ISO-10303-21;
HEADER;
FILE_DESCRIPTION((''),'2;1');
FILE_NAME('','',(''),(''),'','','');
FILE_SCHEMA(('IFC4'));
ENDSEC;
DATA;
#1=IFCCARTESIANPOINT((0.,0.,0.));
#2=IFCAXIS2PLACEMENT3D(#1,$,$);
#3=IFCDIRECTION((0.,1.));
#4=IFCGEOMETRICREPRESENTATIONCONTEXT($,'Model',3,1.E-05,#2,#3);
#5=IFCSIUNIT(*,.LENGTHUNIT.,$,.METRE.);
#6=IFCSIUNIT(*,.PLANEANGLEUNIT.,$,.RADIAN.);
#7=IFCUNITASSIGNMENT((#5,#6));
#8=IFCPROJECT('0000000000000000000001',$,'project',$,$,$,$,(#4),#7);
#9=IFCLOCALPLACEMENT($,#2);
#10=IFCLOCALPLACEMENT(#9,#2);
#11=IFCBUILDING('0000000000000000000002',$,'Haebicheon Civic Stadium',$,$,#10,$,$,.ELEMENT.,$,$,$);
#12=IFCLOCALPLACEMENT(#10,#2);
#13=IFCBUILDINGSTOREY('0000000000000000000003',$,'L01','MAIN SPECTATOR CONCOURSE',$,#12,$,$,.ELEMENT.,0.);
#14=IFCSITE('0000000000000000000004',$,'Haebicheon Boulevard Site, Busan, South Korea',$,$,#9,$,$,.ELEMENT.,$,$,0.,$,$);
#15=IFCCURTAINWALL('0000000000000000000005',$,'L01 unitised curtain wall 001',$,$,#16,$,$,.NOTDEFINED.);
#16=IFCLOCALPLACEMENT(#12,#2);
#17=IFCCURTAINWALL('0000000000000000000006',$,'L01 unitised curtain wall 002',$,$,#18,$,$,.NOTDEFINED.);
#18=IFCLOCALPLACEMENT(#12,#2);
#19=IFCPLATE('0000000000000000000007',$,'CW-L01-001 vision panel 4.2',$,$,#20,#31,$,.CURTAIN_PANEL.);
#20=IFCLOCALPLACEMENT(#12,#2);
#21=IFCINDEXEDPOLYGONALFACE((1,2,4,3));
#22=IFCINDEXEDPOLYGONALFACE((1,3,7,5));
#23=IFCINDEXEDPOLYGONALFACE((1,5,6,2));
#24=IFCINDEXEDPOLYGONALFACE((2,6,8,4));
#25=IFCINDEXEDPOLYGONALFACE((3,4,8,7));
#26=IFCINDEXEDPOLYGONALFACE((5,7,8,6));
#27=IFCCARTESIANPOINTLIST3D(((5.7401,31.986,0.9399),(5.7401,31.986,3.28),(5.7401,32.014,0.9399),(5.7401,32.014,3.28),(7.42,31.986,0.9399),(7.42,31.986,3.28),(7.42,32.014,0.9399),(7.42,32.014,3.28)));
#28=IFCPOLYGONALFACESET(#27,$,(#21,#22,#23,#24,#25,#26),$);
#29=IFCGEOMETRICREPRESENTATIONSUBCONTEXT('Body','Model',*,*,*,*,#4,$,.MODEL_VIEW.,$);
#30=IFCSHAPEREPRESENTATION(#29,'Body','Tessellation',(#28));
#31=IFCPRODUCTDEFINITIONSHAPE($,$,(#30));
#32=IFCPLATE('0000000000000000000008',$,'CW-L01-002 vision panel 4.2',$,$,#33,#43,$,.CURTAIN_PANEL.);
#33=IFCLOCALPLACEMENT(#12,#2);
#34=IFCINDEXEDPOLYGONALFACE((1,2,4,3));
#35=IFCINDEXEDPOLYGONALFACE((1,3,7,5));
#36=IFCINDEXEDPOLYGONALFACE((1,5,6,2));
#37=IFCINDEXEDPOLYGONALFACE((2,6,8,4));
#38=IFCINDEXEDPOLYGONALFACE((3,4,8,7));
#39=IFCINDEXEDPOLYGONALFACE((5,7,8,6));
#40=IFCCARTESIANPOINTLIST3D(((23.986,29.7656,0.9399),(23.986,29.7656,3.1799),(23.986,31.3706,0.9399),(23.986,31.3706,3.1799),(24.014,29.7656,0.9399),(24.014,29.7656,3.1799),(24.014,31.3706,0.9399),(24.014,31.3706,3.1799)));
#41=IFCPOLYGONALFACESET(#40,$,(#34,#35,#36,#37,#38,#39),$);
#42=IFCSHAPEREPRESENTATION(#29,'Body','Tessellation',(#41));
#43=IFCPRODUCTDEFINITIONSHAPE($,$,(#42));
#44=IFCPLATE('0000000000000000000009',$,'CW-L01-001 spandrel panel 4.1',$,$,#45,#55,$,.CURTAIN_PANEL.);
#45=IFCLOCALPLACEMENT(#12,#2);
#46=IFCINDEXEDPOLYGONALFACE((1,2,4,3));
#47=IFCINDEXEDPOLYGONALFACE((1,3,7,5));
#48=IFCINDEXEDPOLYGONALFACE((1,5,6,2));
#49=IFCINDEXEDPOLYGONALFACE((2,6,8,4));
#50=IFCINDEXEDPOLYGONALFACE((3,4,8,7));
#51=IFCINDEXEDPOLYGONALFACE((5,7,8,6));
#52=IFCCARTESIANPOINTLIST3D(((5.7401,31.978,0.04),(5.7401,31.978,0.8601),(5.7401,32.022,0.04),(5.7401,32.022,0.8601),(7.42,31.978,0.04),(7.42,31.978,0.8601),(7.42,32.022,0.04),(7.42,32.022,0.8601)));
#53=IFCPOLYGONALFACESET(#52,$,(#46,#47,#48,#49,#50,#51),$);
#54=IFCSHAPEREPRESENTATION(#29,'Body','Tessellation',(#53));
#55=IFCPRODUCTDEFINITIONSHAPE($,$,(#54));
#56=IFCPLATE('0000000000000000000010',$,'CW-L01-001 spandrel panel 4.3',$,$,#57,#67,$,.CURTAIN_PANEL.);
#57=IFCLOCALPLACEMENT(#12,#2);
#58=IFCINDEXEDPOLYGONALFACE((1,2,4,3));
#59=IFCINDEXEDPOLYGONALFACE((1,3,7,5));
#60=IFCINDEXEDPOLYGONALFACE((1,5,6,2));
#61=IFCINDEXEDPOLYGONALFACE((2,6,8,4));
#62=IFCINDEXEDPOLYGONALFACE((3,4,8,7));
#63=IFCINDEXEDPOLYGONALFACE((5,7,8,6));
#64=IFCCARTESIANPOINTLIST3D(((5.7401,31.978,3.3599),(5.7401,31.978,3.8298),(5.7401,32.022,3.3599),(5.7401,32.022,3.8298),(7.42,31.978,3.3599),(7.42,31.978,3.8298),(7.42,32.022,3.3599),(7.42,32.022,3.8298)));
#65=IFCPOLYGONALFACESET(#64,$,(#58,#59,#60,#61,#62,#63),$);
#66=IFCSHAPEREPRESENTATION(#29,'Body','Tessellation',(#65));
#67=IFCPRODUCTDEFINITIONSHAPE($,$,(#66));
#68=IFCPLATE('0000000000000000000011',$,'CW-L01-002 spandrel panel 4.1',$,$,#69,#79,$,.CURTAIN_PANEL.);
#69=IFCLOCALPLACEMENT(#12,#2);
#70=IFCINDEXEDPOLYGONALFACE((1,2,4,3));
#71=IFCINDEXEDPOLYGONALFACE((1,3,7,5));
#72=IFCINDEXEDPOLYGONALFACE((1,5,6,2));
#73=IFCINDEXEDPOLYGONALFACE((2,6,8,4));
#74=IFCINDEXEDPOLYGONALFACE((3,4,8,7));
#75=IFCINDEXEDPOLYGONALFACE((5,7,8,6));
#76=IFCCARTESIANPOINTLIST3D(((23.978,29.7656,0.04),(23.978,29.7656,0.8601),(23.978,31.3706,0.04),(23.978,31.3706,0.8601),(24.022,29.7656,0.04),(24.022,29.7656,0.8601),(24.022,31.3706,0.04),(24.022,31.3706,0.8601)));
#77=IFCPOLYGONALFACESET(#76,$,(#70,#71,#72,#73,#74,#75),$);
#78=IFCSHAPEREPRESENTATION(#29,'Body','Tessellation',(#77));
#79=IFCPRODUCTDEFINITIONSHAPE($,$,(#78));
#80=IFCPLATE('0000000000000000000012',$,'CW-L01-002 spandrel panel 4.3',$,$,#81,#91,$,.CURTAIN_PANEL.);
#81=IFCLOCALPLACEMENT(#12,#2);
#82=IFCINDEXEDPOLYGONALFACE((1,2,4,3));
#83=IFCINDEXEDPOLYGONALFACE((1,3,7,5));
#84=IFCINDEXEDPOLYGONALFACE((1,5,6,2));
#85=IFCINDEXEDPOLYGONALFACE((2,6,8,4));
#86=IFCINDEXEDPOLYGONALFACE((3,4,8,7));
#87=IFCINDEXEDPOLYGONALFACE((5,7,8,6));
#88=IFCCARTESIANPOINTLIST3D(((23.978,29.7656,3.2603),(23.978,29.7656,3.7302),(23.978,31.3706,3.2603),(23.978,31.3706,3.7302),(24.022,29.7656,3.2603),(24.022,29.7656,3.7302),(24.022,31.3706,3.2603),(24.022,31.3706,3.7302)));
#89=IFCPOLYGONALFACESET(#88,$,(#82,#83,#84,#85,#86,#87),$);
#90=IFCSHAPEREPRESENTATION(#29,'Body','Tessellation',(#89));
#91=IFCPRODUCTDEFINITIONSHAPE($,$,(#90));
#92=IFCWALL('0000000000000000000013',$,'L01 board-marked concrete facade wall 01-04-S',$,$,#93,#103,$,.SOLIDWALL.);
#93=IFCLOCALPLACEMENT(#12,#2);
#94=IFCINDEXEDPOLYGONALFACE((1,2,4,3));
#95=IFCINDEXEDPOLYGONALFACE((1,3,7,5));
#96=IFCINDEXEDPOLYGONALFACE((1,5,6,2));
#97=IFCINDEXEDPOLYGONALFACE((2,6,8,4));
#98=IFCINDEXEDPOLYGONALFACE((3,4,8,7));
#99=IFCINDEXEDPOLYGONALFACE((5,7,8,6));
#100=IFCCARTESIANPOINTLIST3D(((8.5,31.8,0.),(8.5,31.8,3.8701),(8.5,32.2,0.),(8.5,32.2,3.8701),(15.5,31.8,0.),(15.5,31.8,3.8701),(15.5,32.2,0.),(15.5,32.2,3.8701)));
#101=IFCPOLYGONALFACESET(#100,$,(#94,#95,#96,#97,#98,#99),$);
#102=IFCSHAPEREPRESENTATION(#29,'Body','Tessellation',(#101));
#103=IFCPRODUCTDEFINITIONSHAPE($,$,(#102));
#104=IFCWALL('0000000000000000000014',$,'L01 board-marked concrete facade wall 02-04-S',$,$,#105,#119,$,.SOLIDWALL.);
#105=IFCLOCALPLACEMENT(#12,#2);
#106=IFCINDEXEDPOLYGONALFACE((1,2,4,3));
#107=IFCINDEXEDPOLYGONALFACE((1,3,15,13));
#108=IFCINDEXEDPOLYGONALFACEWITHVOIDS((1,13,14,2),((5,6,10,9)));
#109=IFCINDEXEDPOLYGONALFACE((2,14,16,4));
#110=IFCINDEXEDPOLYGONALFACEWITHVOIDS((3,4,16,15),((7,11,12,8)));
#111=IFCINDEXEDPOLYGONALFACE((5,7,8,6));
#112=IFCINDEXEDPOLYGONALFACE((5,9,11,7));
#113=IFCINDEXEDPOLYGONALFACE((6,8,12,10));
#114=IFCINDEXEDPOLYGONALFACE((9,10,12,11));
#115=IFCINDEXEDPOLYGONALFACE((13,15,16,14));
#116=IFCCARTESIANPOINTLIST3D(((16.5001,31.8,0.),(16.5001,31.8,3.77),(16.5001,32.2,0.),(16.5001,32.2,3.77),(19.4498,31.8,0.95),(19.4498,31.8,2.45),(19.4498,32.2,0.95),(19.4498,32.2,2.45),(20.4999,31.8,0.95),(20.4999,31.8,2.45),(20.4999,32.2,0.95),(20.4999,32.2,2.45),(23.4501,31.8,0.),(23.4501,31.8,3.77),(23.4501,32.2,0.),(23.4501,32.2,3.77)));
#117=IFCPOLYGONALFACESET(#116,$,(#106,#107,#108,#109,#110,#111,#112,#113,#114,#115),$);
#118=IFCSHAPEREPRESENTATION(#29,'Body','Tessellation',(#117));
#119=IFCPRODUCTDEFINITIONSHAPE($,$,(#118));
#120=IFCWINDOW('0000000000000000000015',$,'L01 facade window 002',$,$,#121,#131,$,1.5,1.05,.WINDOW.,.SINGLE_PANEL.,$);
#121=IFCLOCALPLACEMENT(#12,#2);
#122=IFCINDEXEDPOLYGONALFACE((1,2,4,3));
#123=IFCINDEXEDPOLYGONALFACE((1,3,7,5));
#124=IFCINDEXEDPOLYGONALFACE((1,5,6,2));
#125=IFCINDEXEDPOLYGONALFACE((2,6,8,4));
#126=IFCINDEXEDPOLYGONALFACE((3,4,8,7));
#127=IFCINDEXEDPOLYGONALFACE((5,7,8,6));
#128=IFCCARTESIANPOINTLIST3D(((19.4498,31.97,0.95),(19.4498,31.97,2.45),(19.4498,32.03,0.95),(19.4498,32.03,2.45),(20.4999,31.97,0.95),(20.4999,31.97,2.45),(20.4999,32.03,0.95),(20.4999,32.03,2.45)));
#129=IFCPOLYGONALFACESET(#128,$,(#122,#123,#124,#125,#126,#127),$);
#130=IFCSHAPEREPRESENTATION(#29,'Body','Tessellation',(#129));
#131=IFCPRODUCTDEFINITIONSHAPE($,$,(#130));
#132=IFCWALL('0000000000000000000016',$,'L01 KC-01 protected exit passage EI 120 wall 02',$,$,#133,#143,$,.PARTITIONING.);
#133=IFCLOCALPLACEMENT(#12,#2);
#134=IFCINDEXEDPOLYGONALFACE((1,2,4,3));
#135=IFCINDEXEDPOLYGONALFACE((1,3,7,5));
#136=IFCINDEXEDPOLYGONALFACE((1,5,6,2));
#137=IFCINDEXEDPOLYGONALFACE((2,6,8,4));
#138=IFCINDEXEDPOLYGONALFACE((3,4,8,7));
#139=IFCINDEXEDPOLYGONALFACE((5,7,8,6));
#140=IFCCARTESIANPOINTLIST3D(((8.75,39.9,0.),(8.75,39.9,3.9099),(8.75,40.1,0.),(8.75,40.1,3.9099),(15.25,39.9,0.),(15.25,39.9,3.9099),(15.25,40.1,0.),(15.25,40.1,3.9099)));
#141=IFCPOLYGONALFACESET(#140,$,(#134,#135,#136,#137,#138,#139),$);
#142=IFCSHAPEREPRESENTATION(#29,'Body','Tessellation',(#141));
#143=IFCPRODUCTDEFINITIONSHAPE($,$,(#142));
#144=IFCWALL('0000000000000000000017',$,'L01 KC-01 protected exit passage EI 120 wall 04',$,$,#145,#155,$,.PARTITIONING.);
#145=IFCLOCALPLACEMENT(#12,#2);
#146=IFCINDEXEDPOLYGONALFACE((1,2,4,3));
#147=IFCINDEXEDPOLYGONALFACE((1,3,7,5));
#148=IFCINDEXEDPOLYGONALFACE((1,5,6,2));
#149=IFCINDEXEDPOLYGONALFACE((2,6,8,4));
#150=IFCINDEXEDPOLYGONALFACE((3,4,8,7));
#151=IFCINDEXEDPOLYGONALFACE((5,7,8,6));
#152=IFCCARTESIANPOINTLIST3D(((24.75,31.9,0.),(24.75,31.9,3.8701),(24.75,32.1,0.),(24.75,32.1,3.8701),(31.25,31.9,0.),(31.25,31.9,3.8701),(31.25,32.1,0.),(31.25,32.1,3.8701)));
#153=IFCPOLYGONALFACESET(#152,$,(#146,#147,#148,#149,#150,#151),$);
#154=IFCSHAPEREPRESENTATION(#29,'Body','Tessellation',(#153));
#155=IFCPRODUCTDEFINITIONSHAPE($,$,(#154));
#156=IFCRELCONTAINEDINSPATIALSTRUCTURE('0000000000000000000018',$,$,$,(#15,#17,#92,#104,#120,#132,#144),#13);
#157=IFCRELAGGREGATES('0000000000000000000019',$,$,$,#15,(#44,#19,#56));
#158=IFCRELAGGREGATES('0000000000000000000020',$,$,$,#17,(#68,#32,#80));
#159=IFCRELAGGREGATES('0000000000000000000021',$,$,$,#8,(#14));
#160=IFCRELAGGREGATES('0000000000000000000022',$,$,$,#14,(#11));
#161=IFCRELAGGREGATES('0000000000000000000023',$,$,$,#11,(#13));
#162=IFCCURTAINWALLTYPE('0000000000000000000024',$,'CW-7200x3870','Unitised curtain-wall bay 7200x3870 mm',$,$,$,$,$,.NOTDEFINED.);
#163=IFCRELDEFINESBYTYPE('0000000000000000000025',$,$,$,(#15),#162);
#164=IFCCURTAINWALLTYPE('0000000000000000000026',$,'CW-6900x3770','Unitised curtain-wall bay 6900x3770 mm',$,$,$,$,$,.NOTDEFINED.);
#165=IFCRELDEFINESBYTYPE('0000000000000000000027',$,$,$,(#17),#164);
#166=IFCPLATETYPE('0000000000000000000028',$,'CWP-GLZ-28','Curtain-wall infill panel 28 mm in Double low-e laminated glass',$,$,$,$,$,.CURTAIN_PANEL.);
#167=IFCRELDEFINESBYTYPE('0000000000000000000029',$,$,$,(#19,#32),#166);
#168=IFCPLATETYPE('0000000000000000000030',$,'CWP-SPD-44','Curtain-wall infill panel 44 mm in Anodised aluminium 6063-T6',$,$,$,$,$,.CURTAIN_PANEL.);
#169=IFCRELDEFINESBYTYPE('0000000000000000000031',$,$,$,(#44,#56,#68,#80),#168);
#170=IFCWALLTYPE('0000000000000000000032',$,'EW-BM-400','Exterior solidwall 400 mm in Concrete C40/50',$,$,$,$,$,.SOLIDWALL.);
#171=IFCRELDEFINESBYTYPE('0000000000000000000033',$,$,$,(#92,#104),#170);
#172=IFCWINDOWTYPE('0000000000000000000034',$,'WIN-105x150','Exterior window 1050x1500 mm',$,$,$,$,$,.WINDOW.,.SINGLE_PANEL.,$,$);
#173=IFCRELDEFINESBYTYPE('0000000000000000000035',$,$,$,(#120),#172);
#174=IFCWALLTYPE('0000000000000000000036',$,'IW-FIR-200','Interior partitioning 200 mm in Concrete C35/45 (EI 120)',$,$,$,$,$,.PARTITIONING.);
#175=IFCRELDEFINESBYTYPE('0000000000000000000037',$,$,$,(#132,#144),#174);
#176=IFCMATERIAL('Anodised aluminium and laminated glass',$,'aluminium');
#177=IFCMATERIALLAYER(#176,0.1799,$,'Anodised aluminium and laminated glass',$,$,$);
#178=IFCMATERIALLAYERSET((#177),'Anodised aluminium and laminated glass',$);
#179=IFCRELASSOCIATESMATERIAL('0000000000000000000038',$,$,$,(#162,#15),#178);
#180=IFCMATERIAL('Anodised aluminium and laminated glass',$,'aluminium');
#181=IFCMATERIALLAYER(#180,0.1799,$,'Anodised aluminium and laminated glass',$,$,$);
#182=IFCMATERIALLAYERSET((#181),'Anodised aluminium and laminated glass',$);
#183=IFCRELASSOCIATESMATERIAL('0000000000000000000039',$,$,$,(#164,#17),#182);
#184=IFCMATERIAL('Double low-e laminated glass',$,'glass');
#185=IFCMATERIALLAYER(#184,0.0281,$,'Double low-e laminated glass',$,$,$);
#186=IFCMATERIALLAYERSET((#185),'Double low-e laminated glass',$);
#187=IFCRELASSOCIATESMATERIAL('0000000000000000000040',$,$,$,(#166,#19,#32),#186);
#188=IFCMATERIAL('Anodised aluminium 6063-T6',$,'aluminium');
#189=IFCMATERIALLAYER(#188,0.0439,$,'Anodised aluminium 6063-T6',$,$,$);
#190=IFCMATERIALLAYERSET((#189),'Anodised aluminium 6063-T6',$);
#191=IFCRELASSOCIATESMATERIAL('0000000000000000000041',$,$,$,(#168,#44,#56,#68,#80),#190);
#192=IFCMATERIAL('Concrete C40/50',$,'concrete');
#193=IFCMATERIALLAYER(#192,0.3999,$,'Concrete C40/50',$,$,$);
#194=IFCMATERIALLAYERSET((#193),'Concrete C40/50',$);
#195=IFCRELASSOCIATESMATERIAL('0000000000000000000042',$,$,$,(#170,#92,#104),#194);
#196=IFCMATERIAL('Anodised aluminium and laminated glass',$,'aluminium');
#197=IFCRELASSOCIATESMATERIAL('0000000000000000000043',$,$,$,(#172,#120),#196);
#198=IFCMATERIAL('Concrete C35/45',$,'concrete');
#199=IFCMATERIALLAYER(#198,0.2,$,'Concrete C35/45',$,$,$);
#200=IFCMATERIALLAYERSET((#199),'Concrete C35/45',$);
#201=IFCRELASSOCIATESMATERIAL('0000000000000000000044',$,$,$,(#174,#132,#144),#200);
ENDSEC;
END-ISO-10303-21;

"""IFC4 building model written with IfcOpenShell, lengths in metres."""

from ifc_helpers import new_model, si_unit, direction, frame, frame_2d, origin, origin_2d, place, context, subcontext, project, spatial, rectangle, extrude, material, layer, layer_set, type_object, element, fill, aggregate, save


model = new_model("IFC4")

# Units and contexts
model_context = context("Model", 3, precision=1e-05, world=origin(), true_north=direction((0.0, 1.0)))
body_context = subcontext(model_context, "Body", "Model", "MODEL_VIEW")
ifc_project = project(units=[si_unit("LENGTHUNIT", "METRE"), si_unit("PLANEANGLEUNIT", "RADIAN")], contexts=[model_context])

# Site, building, storey
site_placement = place(None, origin())
site = spatial("IfcSite", under=ifc_project, at=site_placement, Name="Haebicheon Boulevard Site, Busan, South Korea", CompositionType="ELEMENT", RefElevation=0.0)
building_placement = place(site_placement, origin())
building = spatial("IfcBuilding", under=site, at=building_placement, Name="Haebicheon Civic Stadium", CompositionType="ELEMENT")
storey_placement = place(building_placement, origin())
storey = spatial("IfcBuildingStorey", under=building, at=storey_placement, Name="L01", Description="MAIN SPECTATOR CONCOURSE", CompositionType="ELEMENT", Elevation=0.0)

# Curtain wall
ifc_material_1 = material(Name="Anodised aluminium and laminated glass", Category="aluminium")
ifc_layer_1 = layer(ifc_material_1, 0.1799, Name="Anodised aluminium and laminated glass")
ifc_layer_set_1 = layer_set([ifc_layer_1], Name="Anodised aluminium and laminated glass")
curtain_wall_type_1 = type_object("IfcCurtainWallType", Name="CW-7200x3870", Description="Unitised curtain-wall bay 7200x3870 mm", PredefinedType="NOTDEFINED", material=ifc_layer_set_1)
curtain_wall_1_placement = place(storey_placement, origin())
curtain_wall_1 = element("IfcCurtainWall", 1, at=curtain_wall_1_placement, inside=storey, type_object=curtain_wall_type_1, material=ifc_layer_set_1, Name="L01 unitised curtain wall 001", PredefinedType="NOTDEFINED")

# Curtain wall
ifc_material_2 = material(Name="Anodised aluminium and laminated glass", Category="aluminium")
ifc_layer_2 = layer(ifc_material_2, 0.1799, Name="Anodised aluminium and laminated glass")
ifc_layer_set_2 = layer_set([ifc_layer_2], Name="Anodised aluminium and laminated glass")
curtain_wall_type_2 = type_object("IfcCurtainWallType", Name="CW-6900x3770", Description="Unitised curtain-wall bay 6900x3770 mm", PredefinedType="NOTDEFINED", material=ifc_layer_set_2)
curtain_wall_2_placement = place(storey_placement, origin())
curtain_wall_2 = element("IfcCurtainWall", 2, at=curtain_wall_2_placement, inside=storey, type_object=curtain_wall_type_2, material=ifc_layer_set_2, Name="L01 unitised curtain wall 002", PredefinedType="NOTDEFINED")

# Plates
ifc_material_3 = material(Name="Double low-e laminated glass", Category="glass")
ifc_layer_3 = layer(ifc_material_3, 0.0281, Name="Double low-e laminated glass")
ifc_layer_set_3 = layer_set([ifc_layer_3], Name="Double low-e laminated glass")
plate_type_1 = type_object("IfcPlateType", Name="CWP-GLZ-28", Description="Curtain-wall infill panel 28 mm in Double low-e laminated glass", PredefinedType="CURTAIN_PANEL", material=ifc_layer_set_3)
plate_1_placement = place(storey_placement, frame((6.5801, 32.0, 0.9399), z_axis=(0.0, 0.0, 1.0), x_axis=(1.0, 0.0, 0.0)))
plate_1 = element("IfcPlate", 3, at=plate_1_placement, type_object=plate_type_1, material=ifc_layer_set_3, Name="CW-L01-001 vision panel 4.2", PredefinedType="CURTAIN_PANEL", context=body_context, shape_type="SweptSolid", body=[
    extrude(rectangle(XDim=1.6799, YDim=0.0281, at=origin_2d()), origin(), (0.0, 0.0, 1.0), 2.3401),
])
plate_2_placement = place(storey_placement, frame((24.0, 30.5681, 0.9399), z_axis=(0.0, 0.0, 1.0), x_axis=(0.0, 1.0, 0.0)))
plate_2 = element("IfcPlate", 4, at=plate_2_placement, type_object=plate_type_1, material=ifc_layer_set_3, Name="CW-L01-002 vision panel 4.2", PredefinedType="CURTAIN_PANEL", context=body_context, shape_type="SweptSolid", body=[
    extrude(rectangle(XDim=1.605, YDim=0.0281, at=origin_2d()), origin(), (0.0, 0.0, 1.0), 2.24),
])
ifc_material_4 = material(Name="Anodised aluminium 6063-T6", Category="aluminium")
ifc_layer_4 = layer(ifc_material_4, 0.0439, Name="Anodised aluminium 6063-T6")
ifc_layer_set_4 = layer_set([ifc_layer_4], Name="Anodised aluminium 6063-T6")
plate_type_2 = type_object("IfcPlateType", Name="CWP-SPD-44", Description="Curtain-wall infill panel 44 mm in Anodised aluminium 6063-T6", PredefinedType="CURTAIN_PANEL", material=ifc_layer_set_4)
plate_3_placement = place(storey_placement, frame((6.5801, 32.0, 0.04), z_axis=(0.0, 0.0, 1.0), x_axis=(1.0, 0.0, 0.0)))
plate_3 = element("IfcPlate", 5, at=plate_3_placement, type_object=plate_type_2, material=ifc_layer_set_4, Name="CW-L01-001 spandrel panel 4.1", PredefinedType="CURTAIN_PANEL", context=body_context, shape_type="SweptSolid", body=[
    extrude(rectangle(XDim=1.6799, YDim=0.0439, at=origin_2d()), origin(), (0.0, 0.0, 1.0), 0.8201),
])
plate_4_placement = place(storey_placement, frame((6.5801, 32.0, 3.3599), z_axis=(0.0, 0.0, 1.0), x_axis=(1.0, 0.0, 0.0)))
plate_4 = element("IfcPlate", 6, at=plate_4_placement, type_object=plate_type_2, material=ifc_layer_set_4, Name="CW-L01-001 spandrel panel 4.3", PredefinedType="CURTAIN_PANEL", context=body_context, shape_type="SweptSolid", body=[
    extrude(rectangle(XDim=1.6799, YDim=0.0439, at=origin_2d()), origin(), (0.0, 0.0, 1.0), 0.47),
])
aggregate(curtain_wall_1, [plate_3, plate_1, plate_4])
plate_5_placement = place(storey_placement, frame((24.0, 30.5681, 0.04), z_axis=(0.0, 0.0, 1.0), x_axis=(0.0, 1.0, 0.0)))
plate_5 = element("IfcPlate", 7, at=plate_5_placement, type_object=plate_type_2, material=ifc_layer_set_4, Name="CW-L01-002 spandrel panel 4.1", PredefinedType="CURTAIN_PANEL", context=body_context, shape_type="SweptSolid", body=[
    extrude(rectangle(XDim=1.605, YDim=0.0439, at=origin_2d()), origin(), (0.0, 0.0, 1.0), 0.8201),
])
plate_6_placement = place(storey_placement, frame((24.0, 30.5681, 3.2603), z_axis=(0.0, 0.0, 1.0), x_axis=(0.0, 1.0, 0.0)))
plate_6 = element("IfcPlate", 8, at=plate_6_placement, type_object=plate_type_2, material=ifc_layer_set_4, Name="CW-L01-002 spandrel panel 4.3", PredefinedType="CURTAIN_PANEL", context=body_context, shape_type="SweptSolid", body=[
    extrude(rectangle(XDim=1.605, YDim=0.0439, at=origin_2d()), origin(), (0.0, 0.0, 1.0), 0.47),
])
aggregate(curtain_wall_2, [plate_5, plate_2, plate_6])

# Wall
ifc_material_5 = material(Name="Concrete C40/50", Category="concrete")
ifc_layer_5 = layer(ifc_material_5, 0.3999, Name="Concrete C40/50")
ifc_layer_set_5 = layer_set([ifc_layer_5], Name="Concrete C40/50")
wall_type_1 = type_object("IfcWallType", Name="EW-BM-400", Description="Exterior solidwall 400 mm in Concrete C40/50", PredefinedType="SOLIDWALL", material=ifc_layer_set_5)
wall_1_placement = place(storey_placement, frame((8.5, 32.0, 0.0), z_axis=(0.0, 0.0, 1.0), x_axis=(1.0, 0.0, 0.0)))
element("IfcWall", 9, at=wall_1_placement, inside=storey, type_object=wall_type_1, material=ifc_layer_set_5, Name="L01 board-marked concrete facade wall 01-04-S", PredefinedType="SOLIDWALL", context=body_context, shape_type="SweptSolid", body=[
    extrude(rectangle(XDim=7.0, YDim=0.3999, at=frame_2d((3.5, 0.0))), origin(), (0.0, 0.0, 1.0), 3.8701),
])

# Wall, opening, window
wall_2_placement = place(storey_placement, frame((16.5, 32.0, 0.0), z_axis=(0.0, 0.0, 1.0), x_axis=(1.0, 0.0, 0.0)))
wall_2 = element("IfcWall", 10, at=wall_2_placement, inside=storey, type_object=wall_type_1, material=ifc_layer_set_5, Name="L01 board-marked concrete facade wall 02-04-S", PredefinedType="SOLIDWALL", context=body_context, shape_type="SweptSolid", body=[
    extrude(rectangle(XDim=6.95, YDim=0.3999, at=frame_2d((3.4751, 0.0))), origin(), (0.0, 0.0, 1.0), 3.77),
])
opening_placement = place(wall_2_placement, frame((2.95, 0.0, 0.95)))
opening = element("IfcOpeningElement", 11, at=opening_placement, cuts=wall_2, PredefinedType="OPENING", context=body_context, shape_type="SweptSolid", body=[
    extrude(rectangle(XDim=1.05, YDim=1.5, at=frame_2d((0.5249, 0.75))), frame((0.0, 0.21, 0.0), z_axis=(0.0, -1.0, 0.0), x_axis=(1.0, 0.0, 0.0)), (0.0, 0.0, 1.0), 0.4199),
])
ifc_material_6 = material(Name="Anodised aluminium and laminated glass", Category="aluminium")
window_type = type_object("IfcWindowType", Name="WIN-105x150", Description="Exterior window 1050x1500 mm", PartitioningType="SINGLE_PANEL", PredefinedType="WINDOW", material=ifc_material_6)
window_placement = place(opening_placement, origin())
window = element("IfcWindow", 12, at=window_placement, inside=storey, type_object=window_type, material=ifc_material_6, Name="L01 facade window 002", OverallHeight=1.5, OverallWidth=1.05, PartitioningType="SINGLE_PANEL", PredefinedType="WINDOW", context=body_context, shape_type="SweptSolid", body=[
    extrude(rectangle(XDim=1.05, YDim=1.5, at=frame_2d((0.5249, 0.75))), frame((0.0, 0.03, 0.0), z_axis=(0.0, -1.0, 0.0), x_axis=(1.0, 0.0, 0.0)), (0.0, 0.0, 1.0), 0.0601),
])
fill(opening, window)

# Walls
ifc_material_7 = material(Name="Concrete C35/45", Category="concrete")
ifc_layer_6 = layer(ifc_material_7, 0.2, Name="Concrete C35/45")
ifc_layer_set_6 = layer_set([ifc_layer_6], Name="Concrete C35/45")
wall_type_2 = type_object("IfcWallType", Name="IW-FIR-200", Description="Interior partitioning 200 mm in Concrete C35/45 (EI 120)", PredefinedType="PARTITIONING", material=ifc_layer_set_6)
wall_3_placement = place(storey_placement, frame((8.75, 40.0, 0.0), z_axis=(0.0, 0.0, 1.0), x_axis=(1.0, 0.0, 0.0)))
element("IfcWall", 13, at=wall_3_placement, inside=storey, type_object=wall_type_2, material=ifc_layer_set_6, Name="L01 KC-01 protected exit passage EI 120 wall 02", PredefinedType="PARTITIONING", context=body_context, shape_type="SweptSolid", body=[
    extrude(rectangle(XDim=6.5, YDim=0.2, at=frame_2d((3.25, 0.0))), origin(), (0.0, 0.0, 1.0), 3.9099),
])
wall_4_placement = place(storey_placement, frame((24.75, 32.0, 0.0), z_axis=(0.0, 0.0, 1.0), x_axis=(1.0, 0.0, 0.0)))
element("IfcWall", 14, at=wall_4_placement, inside=storey, type_object=wall_type_2, material=ifc_layer_set_6, Name="L01 KC-01 protected exit passage EI 120 wall 04", PredefinedType="PARTITIONING", context=body_context, shape_type="SweptSolid", body=[
    extrude(rectangle(XDim=6.5, YDim=0.2, at=frame_2d((3.25, 0.0))), origin(), (0.0, 0.0, 1.0), 3.8701),
])

save(model, "model.ifc")
